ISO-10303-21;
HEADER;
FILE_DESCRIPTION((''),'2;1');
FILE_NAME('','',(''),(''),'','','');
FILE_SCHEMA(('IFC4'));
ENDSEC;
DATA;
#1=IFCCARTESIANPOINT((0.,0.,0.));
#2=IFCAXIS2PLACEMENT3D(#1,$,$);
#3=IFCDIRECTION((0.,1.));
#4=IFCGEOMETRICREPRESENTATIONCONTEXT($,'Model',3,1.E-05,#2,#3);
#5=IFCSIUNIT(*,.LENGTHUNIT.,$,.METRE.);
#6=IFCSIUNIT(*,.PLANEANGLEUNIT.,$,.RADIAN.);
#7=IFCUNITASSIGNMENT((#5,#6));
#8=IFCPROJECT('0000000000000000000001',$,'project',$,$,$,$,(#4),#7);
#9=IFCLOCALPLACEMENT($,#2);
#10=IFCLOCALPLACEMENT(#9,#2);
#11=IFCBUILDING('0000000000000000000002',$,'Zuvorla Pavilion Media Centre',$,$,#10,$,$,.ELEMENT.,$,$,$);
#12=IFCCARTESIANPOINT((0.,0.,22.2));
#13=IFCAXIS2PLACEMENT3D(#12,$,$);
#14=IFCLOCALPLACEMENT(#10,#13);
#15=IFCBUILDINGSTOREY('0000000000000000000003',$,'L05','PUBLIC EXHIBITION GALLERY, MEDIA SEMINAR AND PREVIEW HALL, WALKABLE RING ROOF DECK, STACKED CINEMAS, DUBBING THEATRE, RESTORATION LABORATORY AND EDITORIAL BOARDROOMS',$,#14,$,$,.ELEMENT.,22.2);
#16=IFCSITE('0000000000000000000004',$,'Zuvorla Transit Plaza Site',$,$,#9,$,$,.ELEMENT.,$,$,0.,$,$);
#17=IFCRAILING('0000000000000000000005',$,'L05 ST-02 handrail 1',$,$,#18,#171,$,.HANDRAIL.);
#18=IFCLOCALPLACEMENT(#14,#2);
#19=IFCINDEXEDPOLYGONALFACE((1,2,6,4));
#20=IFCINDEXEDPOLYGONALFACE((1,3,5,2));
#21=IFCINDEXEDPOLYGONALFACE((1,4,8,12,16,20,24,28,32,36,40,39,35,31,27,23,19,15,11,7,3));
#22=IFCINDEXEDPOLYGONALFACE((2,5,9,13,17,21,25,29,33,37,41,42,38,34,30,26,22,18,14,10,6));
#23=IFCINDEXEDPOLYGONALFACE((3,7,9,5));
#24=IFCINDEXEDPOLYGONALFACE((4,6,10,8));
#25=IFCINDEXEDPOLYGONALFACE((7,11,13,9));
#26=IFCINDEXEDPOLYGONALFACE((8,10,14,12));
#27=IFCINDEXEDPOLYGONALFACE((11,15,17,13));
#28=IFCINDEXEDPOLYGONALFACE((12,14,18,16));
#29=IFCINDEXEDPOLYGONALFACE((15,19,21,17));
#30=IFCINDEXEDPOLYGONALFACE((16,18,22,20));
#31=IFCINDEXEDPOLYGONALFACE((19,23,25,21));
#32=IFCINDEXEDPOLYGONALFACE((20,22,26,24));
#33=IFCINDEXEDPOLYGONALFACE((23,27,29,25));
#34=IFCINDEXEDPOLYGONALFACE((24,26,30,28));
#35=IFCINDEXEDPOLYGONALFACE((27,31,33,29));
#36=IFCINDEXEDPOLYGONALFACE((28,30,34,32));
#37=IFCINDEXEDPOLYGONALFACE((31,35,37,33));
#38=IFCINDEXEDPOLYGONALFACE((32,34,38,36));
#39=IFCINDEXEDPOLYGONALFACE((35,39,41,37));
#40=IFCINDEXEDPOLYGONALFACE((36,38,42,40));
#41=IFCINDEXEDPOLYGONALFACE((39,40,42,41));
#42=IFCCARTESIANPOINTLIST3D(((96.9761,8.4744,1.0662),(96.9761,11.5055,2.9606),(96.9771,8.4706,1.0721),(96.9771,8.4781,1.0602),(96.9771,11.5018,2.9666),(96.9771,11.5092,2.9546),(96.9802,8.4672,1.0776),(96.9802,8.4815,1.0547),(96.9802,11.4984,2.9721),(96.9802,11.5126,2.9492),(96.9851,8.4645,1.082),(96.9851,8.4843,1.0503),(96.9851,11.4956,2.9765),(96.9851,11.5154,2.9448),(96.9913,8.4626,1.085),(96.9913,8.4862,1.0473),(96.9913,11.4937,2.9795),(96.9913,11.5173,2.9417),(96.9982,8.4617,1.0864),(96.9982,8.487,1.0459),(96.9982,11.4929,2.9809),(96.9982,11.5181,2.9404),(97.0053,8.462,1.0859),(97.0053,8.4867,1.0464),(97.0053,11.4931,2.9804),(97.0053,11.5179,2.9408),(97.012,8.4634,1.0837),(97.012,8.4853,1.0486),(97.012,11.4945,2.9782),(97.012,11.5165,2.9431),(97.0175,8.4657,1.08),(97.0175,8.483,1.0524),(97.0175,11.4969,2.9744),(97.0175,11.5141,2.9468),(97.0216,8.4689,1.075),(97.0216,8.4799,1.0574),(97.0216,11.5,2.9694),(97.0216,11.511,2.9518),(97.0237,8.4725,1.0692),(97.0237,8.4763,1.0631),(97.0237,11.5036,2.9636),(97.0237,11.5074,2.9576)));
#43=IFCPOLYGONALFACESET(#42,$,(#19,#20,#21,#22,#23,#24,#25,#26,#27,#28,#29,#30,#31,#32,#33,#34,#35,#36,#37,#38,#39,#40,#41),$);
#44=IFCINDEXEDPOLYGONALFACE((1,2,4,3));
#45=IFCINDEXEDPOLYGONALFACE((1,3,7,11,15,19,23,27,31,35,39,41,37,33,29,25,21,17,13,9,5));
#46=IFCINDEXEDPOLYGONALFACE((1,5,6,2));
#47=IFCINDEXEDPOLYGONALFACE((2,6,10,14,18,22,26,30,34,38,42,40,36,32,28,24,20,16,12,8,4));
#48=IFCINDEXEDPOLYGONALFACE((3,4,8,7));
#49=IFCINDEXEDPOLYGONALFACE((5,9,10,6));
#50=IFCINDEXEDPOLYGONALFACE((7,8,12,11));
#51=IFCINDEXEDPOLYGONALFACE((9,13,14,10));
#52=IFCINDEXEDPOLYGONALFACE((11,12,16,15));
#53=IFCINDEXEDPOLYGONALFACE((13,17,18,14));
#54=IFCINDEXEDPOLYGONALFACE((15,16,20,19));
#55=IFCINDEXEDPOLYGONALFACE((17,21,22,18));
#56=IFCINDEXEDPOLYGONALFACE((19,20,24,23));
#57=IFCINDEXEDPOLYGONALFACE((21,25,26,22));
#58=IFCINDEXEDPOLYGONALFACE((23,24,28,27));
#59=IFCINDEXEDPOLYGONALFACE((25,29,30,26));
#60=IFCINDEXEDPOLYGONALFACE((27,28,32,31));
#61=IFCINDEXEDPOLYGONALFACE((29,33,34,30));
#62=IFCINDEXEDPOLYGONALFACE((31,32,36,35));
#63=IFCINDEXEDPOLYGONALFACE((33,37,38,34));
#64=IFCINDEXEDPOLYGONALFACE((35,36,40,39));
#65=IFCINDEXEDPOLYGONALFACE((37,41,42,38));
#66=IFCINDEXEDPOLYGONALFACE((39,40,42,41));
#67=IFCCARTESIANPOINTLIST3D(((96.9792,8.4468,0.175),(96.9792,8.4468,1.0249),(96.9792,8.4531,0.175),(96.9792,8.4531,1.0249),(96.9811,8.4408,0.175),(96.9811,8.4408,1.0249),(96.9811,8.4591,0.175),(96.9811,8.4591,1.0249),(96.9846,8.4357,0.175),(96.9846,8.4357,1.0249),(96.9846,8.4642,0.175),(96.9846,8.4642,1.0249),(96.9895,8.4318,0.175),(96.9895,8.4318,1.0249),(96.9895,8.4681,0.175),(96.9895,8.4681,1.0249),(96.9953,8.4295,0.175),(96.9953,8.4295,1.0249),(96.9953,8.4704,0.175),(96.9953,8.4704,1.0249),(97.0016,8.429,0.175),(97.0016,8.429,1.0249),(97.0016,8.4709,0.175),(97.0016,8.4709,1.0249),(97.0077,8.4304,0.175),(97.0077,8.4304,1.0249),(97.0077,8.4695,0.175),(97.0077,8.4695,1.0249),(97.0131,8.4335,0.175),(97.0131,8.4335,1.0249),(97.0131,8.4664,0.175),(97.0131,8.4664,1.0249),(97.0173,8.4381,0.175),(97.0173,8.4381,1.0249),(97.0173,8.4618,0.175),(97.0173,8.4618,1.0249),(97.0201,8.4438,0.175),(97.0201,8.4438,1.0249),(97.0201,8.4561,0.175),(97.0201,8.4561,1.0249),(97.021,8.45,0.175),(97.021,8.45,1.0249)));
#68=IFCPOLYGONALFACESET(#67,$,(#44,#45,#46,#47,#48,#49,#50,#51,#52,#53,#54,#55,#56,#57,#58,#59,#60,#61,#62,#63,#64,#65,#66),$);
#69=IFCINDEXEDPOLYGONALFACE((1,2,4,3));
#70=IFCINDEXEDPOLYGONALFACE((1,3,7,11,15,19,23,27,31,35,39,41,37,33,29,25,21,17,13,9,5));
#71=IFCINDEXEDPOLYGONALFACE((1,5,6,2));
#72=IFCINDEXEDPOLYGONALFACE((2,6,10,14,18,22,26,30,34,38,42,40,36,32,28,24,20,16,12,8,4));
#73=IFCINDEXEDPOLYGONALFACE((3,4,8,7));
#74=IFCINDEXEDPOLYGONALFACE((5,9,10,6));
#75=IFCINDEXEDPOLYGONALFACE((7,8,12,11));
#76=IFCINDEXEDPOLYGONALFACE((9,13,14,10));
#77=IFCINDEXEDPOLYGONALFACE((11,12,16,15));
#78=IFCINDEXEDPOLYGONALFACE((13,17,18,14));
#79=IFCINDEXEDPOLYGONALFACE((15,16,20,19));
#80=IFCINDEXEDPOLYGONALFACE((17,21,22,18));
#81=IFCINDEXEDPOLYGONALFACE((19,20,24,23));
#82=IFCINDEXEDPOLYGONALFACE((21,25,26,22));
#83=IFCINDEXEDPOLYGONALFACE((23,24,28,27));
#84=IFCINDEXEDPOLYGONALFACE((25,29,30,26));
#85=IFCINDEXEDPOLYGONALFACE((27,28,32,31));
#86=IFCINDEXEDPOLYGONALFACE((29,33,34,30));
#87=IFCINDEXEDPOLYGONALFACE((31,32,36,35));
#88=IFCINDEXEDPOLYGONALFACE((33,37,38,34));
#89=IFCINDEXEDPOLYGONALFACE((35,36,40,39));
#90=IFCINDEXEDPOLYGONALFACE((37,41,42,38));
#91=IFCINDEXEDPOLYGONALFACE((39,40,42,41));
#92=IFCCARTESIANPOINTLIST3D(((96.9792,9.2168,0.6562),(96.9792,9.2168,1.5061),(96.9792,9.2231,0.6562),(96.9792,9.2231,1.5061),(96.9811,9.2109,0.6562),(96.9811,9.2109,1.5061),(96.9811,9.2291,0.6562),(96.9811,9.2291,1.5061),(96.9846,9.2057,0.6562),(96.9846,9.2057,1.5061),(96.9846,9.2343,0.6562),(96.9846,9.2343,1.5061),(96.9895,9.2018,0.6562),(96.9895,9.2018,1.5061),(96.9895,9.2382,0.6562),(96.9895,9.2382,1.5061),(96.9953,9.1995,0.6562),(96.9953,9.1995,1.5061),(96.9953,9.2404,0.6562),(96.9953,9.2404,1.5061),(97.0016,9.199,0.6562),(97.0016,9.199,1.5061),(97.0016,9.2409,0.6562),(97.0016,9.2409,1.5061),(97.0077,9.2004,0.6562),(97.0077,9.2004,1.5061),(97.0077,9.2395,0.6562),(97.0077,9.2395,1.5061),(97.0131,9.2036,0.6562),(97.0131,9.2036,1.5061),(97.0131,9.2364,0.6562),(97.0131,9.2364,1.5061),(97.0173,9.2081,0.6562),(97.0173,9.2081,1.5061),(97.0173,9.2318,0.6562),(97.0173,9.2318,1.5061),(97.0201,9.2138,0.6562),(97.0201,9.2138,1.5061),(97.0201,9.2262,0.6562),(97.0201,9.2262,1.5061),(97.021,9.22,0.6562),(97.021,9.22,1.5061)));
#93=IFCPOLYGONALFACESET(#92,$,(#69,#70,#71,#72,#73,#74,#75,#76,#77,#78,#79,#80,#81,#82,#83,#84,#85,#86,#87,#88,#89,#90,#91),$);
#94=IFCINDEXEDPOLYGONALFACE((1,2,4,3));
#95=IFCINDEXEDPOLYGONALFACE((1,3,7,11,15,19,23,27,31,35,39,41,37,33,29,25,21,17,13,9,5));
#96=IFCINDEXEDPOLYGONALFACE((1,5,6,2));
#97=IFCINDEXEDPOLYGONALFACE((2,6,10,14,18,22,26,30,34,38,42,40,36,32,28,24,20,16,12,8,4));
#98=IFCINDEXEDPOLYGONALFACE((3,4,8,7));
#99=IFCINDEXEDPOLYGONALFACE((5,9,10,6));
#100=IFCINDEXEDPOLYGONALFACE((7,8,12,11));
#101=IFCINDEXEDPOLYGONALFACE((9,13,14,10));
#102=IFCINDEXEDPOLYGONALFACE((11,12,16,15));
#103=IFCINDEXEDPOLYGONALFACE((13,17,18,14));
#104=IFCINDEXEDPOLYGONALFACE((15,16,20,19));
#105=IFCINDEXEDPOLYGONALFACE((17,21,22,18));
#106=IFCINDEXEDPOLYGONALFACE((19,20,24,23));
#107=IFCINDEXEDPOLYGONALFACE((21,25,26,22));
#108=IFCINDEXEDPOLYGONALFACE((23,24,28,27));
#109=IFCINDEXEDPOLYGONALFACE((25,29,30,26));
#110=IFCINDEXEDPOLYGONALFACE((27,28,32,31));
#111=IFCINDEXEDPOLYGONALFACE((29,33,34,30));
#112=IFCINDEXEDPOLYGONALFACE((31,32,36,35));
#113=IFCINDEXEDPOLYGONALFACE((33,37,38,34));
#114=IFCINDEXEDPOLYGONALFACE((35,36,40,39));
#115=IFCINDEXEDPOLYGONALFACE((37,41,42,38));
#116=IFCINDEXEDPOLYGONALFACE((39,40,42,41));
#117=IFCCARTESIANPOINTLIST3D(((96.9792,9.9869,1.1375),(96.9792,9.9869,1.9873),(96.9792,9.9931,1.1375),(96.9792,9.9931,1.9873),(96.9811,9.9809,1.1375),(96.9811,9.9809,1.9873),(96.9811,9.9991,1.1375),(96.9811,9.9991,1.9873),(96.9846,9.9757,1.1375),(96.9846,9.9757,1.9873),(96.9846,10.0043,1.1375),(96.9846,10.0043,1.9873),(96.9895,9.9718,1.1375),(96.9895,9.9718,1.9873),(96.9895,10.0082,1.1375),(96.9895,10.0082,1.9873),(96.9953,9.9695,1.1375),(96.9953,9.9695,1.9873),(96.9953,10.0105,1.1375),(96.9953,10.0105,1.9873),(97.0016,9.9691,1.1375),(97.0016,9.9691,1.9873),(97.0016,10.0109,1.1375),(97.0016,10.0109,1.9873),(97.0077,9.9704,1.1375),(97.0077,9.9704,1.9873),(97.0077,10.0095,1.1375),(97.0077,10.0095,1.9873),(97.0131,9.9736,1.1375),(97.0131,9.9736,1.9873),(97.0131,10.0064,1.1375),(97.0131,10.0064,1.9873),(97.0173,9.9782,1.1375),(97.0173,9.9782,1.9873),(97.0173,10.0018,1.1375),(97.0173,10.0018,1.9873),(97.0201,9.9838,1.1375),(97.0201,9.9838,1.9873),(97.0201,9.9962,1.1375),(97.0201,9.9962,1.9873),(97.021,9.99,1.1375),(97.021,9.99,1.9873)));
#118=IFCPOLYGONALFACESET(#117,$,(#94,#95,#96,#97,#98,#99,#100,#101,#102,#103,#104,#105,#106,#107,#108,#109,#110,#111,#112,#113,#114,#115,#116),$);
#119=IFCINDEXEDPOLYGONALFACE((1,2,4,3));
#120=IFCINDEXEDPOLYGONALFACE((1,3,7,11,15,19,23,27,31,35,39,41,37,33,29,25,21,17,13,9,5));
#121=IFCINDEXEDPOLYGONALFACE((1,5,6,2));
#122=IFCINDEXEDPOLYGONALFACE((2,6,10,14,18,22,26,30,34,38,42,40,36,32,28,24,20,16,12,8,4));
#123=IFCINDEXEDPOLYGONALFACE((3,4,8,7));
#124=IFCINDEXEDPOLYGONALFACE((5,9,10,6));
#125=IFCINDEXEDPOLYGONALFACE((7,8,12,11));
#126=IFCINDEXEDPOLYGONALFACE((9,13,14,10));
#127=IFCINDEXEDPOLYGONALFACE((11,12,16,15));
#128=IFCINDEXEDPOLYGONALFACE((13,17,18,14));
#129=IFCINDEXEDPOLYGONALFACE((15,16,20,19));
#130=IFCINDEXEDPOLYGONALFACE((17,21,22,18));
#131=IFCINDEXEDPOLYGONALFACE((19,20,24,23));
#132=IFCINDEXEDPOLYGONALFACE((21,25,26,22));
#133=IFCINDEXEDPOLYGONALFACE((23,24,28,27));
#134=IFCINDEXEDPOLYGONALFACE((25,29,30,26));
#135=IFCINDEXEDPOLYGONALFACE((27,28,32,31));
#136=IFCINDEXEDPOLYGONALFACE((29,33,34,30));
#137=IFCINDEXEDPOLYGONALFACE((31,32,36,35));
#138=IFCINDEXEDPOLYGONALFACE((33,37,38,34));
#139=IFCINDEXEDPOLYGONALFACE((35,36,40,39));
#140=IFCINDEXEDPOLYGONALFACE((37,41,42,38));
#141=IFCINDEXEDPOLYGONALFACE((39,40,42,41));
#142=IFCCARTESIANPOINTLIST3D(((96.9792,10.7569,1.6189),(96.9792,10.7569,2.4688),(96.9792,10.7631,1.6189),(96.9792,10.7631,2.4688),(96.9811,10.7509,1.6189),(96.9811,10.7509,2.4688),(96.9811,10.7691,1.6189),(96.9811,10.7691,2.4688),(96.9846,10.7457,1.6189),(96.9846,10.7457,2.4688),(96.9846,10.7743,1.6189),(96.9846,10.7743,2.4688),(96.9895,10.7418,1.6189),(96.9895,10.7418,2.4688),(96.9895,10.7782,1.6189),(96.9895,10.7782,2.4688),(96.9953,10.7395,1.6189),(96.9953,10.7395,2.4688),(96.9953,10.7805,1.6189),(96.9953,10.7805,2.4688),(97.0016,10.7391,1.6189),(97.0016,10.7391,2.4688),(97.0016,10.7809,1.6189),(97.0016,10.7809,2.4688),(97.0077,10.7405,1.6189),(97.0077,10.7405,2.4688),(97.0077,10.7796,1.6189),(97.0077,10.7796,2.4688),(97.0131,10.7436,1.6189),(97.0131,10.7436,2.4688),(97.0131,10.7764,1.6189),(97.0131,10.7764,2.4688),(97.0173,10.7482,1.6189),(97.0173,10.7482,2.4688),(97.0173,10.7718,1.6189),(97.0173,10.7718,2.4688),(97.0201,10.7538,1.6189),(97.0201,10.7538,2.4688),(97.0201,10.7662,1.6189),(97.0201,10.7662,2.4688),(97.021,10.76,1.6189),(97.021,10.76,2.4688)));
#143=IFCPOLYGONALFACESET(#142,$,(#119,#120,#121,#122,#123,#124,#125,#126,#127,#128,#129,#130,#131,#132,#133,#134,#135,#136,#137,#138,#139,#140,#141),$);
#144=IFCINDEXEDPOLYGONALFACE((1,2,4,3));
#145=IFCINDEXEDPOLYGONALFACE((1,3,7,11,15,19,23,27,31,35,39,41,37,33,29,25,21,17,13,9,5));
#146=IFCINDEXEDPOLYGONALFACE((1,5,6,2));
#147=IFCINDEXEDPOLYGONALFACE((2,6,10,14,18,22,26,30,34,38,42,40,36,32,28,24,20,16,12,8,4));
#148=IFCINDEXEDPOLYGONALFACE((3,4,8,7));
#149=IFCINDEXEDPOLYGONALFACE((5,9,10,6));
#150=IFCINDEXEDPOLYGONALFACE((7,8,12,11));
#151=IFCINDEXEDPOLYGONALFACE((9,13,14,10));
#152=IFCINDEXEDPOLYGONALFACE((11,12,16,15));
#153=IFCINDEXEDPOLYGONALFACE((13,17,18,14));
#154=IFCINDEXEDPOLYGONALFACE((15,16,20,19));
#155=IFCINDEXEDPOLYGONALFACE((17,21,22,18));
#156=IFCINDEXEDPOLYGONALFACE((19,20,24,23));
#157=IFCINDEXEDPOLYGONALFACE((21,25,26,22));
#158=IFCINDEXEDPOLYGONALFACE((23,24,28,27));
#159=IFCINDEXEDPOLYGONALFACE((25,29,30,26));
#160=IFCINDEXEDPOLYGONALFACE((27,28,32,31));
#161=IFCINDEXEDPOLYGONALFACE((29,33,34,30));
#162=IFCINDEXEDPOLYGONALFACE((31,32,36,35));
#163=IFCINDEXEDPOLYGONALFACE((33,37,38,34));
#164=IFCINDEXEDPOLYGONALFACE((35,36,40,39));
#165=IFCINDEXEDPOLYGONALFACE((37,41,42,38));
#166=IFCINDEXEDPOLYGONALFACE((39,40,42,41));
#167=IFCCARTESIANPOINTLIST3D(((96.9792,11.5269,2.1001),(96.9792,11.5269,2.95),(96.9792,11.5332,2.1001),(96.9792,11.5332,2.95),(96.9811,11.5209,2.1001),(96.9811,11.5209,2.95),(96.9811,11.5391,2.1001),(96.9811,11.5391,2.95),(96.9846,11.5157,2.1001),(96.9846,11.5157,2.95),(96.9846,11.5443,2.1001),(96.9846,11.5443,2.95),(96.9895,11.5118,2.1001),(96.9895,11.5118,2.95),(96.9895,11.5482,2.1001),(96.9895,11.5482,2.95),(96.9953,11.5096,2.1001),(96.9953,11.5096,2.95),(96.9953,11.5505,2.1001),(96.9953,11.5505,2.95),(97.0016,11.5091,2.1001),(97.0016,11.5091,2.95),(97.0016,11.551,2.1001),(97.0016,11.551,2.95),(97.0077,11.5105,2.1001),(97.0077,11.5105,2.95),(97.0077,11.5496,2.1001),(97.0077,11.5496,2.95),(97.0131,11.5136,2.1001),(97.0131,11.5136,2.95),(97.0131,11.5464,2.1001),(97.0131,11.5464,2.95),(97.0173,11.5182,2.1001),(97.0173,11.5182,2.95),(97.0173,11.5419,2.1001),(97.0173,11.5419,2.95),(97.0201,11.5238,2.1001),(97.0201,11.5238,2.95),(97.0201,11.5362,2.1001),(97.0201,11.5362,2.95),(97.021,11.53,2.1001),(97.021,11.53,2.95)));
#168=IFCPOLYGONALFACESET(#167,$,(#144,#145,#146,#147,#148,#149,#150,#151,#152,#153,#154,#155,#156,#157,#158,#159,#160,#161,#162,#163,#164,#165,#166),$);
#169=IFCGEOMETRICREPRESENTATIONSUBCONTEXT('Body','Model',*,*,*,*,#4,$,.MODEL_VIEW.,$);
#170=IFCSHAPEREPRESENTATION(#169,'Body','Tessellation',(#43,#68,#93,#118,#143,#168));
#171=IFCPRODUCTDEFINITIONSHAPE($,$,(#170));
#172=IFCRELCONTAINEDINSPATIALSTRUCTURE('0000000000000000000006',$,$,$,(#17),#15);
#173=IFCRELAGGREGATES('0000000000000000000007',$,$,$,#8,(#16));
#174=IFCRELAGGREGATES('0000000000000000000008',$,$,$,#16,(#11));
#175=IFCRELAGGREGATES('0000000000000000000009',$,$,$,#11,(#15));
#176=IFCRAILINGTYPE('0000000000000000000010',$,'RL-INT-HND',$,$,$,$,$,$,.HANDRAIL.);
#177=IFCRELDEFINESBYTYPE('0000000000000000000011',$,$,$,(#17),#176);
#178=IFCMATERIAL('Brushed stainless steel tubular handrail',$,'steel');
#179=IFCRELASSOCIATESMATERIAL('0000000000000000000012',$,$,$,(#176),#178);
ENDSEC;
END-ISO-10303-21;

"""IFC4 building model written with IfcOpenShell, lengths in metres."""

from ifc_helpers import new_model, si_unit, direction, frame, origin, origin_2d, place, context, subcontext, project, spatial, circle, extrude, material, type_object, element, save


model = new_model("IFC4")

# Units and contexts
model_context = context("Model", 3, precision=1e-05, world=origin(), true_north=direction((0.0, 1.0)))
body_context = subcontext(model_context, "Body", "Model", "MODEL_VIEW")
ifc_project = project(units=[si_unit("LENGTHUNIT", "METRE"), si_unit("PLANEANGLEUNIT", "RADIAN")], contexts=[model_context])

# Site, building, storey
site_placement = place(None, origin())
site = spatial("IfcSite", under=ifc_project, at=site_placement, Name="Zuvorla Transit Plaza Site", CompositionType="ELEMENT", RefElevation=0.0)
building_placement = place(site_placement, origin())
building = spatial("IfcBuilding", under=site, at=building_placement, Name="Zuvorla Pavilion Media Centre", CompositionType="ELEMENT")
storey_placement = place(building_placement, frame((0.0, 0.0, 22.2)))
storey = spatial("IfcBuildingStorey", under=building, at=storey_placement, Name="L05", Description="PUBLIC EXHIBITION GALLERY, MEDIA SEMINAR AND PREVIEW HALL, WALKABLE RING ROOF DECK, STACKED CINEMAS, DUBBING THEATRE, RESTORATION LABORATORY AND EDITORIAL BOARDROOMS", CompositionType="ELEMENT", Elevation=22.2)

# Railing
ifc_material_1 = material(Name="Brushed stainless steel tubular handrail", Category="steel")
railing_type_1 = type_object("IfcRailingType", Name="RL-INT-HND", PredefinedType="HANDRAIL", material=ifc_material_1)
railing_1_placement = place(storey_placement, frame((97.0, 8.45, 0.175)))
element("IfcRailing", 1, at=railing_1_placement, inside=storey, type_object=railing_type_1, Name="L05 ST-02 handrail 1", PredefinedType="HANDRAIL", context=body_context, shape_type="SweptSolid", body=[
    extrude(circle(Radius=0.0239, at=origin_2d()), frame((0.0, 0.0244, 0.8911), z_axis=(0.0, 0.847998, 0.529999), x_axis=(-1.0, 0.0, 0.0)), (0.0, 0.0, 1.0), 3.5745),
    extrude(circle(Radius=0.021, at=origin_2d()), origin(), (0.0, 0.0, 1.0), 0.8499),
    extrude(circle(Radius=0.021, at=origin_2d()), frame((0.0, 0.77, 0.4812)), (0.0, 0.0, 1.0), 0.8499),
    extrude(circle(Radius=0.021, at=origin_2d()), frame((0.0, 1.54, 0.9624)), (0.0, 0.0, 1.0), 0.8499),
    extrude(circle(Radius=0.021, at=origin_2d()), frame((0.0, 2.3101, 1.4438)), (0.0, 0.0, 1.0), 0.8499),
    extrude(circle(Radius=0.021, at=origin_2d()), frame((0.0, 3.0801, 1.925)), (0.0, 0.0, 1.0), 0.8499),
])

save(model, "model.ifc")
